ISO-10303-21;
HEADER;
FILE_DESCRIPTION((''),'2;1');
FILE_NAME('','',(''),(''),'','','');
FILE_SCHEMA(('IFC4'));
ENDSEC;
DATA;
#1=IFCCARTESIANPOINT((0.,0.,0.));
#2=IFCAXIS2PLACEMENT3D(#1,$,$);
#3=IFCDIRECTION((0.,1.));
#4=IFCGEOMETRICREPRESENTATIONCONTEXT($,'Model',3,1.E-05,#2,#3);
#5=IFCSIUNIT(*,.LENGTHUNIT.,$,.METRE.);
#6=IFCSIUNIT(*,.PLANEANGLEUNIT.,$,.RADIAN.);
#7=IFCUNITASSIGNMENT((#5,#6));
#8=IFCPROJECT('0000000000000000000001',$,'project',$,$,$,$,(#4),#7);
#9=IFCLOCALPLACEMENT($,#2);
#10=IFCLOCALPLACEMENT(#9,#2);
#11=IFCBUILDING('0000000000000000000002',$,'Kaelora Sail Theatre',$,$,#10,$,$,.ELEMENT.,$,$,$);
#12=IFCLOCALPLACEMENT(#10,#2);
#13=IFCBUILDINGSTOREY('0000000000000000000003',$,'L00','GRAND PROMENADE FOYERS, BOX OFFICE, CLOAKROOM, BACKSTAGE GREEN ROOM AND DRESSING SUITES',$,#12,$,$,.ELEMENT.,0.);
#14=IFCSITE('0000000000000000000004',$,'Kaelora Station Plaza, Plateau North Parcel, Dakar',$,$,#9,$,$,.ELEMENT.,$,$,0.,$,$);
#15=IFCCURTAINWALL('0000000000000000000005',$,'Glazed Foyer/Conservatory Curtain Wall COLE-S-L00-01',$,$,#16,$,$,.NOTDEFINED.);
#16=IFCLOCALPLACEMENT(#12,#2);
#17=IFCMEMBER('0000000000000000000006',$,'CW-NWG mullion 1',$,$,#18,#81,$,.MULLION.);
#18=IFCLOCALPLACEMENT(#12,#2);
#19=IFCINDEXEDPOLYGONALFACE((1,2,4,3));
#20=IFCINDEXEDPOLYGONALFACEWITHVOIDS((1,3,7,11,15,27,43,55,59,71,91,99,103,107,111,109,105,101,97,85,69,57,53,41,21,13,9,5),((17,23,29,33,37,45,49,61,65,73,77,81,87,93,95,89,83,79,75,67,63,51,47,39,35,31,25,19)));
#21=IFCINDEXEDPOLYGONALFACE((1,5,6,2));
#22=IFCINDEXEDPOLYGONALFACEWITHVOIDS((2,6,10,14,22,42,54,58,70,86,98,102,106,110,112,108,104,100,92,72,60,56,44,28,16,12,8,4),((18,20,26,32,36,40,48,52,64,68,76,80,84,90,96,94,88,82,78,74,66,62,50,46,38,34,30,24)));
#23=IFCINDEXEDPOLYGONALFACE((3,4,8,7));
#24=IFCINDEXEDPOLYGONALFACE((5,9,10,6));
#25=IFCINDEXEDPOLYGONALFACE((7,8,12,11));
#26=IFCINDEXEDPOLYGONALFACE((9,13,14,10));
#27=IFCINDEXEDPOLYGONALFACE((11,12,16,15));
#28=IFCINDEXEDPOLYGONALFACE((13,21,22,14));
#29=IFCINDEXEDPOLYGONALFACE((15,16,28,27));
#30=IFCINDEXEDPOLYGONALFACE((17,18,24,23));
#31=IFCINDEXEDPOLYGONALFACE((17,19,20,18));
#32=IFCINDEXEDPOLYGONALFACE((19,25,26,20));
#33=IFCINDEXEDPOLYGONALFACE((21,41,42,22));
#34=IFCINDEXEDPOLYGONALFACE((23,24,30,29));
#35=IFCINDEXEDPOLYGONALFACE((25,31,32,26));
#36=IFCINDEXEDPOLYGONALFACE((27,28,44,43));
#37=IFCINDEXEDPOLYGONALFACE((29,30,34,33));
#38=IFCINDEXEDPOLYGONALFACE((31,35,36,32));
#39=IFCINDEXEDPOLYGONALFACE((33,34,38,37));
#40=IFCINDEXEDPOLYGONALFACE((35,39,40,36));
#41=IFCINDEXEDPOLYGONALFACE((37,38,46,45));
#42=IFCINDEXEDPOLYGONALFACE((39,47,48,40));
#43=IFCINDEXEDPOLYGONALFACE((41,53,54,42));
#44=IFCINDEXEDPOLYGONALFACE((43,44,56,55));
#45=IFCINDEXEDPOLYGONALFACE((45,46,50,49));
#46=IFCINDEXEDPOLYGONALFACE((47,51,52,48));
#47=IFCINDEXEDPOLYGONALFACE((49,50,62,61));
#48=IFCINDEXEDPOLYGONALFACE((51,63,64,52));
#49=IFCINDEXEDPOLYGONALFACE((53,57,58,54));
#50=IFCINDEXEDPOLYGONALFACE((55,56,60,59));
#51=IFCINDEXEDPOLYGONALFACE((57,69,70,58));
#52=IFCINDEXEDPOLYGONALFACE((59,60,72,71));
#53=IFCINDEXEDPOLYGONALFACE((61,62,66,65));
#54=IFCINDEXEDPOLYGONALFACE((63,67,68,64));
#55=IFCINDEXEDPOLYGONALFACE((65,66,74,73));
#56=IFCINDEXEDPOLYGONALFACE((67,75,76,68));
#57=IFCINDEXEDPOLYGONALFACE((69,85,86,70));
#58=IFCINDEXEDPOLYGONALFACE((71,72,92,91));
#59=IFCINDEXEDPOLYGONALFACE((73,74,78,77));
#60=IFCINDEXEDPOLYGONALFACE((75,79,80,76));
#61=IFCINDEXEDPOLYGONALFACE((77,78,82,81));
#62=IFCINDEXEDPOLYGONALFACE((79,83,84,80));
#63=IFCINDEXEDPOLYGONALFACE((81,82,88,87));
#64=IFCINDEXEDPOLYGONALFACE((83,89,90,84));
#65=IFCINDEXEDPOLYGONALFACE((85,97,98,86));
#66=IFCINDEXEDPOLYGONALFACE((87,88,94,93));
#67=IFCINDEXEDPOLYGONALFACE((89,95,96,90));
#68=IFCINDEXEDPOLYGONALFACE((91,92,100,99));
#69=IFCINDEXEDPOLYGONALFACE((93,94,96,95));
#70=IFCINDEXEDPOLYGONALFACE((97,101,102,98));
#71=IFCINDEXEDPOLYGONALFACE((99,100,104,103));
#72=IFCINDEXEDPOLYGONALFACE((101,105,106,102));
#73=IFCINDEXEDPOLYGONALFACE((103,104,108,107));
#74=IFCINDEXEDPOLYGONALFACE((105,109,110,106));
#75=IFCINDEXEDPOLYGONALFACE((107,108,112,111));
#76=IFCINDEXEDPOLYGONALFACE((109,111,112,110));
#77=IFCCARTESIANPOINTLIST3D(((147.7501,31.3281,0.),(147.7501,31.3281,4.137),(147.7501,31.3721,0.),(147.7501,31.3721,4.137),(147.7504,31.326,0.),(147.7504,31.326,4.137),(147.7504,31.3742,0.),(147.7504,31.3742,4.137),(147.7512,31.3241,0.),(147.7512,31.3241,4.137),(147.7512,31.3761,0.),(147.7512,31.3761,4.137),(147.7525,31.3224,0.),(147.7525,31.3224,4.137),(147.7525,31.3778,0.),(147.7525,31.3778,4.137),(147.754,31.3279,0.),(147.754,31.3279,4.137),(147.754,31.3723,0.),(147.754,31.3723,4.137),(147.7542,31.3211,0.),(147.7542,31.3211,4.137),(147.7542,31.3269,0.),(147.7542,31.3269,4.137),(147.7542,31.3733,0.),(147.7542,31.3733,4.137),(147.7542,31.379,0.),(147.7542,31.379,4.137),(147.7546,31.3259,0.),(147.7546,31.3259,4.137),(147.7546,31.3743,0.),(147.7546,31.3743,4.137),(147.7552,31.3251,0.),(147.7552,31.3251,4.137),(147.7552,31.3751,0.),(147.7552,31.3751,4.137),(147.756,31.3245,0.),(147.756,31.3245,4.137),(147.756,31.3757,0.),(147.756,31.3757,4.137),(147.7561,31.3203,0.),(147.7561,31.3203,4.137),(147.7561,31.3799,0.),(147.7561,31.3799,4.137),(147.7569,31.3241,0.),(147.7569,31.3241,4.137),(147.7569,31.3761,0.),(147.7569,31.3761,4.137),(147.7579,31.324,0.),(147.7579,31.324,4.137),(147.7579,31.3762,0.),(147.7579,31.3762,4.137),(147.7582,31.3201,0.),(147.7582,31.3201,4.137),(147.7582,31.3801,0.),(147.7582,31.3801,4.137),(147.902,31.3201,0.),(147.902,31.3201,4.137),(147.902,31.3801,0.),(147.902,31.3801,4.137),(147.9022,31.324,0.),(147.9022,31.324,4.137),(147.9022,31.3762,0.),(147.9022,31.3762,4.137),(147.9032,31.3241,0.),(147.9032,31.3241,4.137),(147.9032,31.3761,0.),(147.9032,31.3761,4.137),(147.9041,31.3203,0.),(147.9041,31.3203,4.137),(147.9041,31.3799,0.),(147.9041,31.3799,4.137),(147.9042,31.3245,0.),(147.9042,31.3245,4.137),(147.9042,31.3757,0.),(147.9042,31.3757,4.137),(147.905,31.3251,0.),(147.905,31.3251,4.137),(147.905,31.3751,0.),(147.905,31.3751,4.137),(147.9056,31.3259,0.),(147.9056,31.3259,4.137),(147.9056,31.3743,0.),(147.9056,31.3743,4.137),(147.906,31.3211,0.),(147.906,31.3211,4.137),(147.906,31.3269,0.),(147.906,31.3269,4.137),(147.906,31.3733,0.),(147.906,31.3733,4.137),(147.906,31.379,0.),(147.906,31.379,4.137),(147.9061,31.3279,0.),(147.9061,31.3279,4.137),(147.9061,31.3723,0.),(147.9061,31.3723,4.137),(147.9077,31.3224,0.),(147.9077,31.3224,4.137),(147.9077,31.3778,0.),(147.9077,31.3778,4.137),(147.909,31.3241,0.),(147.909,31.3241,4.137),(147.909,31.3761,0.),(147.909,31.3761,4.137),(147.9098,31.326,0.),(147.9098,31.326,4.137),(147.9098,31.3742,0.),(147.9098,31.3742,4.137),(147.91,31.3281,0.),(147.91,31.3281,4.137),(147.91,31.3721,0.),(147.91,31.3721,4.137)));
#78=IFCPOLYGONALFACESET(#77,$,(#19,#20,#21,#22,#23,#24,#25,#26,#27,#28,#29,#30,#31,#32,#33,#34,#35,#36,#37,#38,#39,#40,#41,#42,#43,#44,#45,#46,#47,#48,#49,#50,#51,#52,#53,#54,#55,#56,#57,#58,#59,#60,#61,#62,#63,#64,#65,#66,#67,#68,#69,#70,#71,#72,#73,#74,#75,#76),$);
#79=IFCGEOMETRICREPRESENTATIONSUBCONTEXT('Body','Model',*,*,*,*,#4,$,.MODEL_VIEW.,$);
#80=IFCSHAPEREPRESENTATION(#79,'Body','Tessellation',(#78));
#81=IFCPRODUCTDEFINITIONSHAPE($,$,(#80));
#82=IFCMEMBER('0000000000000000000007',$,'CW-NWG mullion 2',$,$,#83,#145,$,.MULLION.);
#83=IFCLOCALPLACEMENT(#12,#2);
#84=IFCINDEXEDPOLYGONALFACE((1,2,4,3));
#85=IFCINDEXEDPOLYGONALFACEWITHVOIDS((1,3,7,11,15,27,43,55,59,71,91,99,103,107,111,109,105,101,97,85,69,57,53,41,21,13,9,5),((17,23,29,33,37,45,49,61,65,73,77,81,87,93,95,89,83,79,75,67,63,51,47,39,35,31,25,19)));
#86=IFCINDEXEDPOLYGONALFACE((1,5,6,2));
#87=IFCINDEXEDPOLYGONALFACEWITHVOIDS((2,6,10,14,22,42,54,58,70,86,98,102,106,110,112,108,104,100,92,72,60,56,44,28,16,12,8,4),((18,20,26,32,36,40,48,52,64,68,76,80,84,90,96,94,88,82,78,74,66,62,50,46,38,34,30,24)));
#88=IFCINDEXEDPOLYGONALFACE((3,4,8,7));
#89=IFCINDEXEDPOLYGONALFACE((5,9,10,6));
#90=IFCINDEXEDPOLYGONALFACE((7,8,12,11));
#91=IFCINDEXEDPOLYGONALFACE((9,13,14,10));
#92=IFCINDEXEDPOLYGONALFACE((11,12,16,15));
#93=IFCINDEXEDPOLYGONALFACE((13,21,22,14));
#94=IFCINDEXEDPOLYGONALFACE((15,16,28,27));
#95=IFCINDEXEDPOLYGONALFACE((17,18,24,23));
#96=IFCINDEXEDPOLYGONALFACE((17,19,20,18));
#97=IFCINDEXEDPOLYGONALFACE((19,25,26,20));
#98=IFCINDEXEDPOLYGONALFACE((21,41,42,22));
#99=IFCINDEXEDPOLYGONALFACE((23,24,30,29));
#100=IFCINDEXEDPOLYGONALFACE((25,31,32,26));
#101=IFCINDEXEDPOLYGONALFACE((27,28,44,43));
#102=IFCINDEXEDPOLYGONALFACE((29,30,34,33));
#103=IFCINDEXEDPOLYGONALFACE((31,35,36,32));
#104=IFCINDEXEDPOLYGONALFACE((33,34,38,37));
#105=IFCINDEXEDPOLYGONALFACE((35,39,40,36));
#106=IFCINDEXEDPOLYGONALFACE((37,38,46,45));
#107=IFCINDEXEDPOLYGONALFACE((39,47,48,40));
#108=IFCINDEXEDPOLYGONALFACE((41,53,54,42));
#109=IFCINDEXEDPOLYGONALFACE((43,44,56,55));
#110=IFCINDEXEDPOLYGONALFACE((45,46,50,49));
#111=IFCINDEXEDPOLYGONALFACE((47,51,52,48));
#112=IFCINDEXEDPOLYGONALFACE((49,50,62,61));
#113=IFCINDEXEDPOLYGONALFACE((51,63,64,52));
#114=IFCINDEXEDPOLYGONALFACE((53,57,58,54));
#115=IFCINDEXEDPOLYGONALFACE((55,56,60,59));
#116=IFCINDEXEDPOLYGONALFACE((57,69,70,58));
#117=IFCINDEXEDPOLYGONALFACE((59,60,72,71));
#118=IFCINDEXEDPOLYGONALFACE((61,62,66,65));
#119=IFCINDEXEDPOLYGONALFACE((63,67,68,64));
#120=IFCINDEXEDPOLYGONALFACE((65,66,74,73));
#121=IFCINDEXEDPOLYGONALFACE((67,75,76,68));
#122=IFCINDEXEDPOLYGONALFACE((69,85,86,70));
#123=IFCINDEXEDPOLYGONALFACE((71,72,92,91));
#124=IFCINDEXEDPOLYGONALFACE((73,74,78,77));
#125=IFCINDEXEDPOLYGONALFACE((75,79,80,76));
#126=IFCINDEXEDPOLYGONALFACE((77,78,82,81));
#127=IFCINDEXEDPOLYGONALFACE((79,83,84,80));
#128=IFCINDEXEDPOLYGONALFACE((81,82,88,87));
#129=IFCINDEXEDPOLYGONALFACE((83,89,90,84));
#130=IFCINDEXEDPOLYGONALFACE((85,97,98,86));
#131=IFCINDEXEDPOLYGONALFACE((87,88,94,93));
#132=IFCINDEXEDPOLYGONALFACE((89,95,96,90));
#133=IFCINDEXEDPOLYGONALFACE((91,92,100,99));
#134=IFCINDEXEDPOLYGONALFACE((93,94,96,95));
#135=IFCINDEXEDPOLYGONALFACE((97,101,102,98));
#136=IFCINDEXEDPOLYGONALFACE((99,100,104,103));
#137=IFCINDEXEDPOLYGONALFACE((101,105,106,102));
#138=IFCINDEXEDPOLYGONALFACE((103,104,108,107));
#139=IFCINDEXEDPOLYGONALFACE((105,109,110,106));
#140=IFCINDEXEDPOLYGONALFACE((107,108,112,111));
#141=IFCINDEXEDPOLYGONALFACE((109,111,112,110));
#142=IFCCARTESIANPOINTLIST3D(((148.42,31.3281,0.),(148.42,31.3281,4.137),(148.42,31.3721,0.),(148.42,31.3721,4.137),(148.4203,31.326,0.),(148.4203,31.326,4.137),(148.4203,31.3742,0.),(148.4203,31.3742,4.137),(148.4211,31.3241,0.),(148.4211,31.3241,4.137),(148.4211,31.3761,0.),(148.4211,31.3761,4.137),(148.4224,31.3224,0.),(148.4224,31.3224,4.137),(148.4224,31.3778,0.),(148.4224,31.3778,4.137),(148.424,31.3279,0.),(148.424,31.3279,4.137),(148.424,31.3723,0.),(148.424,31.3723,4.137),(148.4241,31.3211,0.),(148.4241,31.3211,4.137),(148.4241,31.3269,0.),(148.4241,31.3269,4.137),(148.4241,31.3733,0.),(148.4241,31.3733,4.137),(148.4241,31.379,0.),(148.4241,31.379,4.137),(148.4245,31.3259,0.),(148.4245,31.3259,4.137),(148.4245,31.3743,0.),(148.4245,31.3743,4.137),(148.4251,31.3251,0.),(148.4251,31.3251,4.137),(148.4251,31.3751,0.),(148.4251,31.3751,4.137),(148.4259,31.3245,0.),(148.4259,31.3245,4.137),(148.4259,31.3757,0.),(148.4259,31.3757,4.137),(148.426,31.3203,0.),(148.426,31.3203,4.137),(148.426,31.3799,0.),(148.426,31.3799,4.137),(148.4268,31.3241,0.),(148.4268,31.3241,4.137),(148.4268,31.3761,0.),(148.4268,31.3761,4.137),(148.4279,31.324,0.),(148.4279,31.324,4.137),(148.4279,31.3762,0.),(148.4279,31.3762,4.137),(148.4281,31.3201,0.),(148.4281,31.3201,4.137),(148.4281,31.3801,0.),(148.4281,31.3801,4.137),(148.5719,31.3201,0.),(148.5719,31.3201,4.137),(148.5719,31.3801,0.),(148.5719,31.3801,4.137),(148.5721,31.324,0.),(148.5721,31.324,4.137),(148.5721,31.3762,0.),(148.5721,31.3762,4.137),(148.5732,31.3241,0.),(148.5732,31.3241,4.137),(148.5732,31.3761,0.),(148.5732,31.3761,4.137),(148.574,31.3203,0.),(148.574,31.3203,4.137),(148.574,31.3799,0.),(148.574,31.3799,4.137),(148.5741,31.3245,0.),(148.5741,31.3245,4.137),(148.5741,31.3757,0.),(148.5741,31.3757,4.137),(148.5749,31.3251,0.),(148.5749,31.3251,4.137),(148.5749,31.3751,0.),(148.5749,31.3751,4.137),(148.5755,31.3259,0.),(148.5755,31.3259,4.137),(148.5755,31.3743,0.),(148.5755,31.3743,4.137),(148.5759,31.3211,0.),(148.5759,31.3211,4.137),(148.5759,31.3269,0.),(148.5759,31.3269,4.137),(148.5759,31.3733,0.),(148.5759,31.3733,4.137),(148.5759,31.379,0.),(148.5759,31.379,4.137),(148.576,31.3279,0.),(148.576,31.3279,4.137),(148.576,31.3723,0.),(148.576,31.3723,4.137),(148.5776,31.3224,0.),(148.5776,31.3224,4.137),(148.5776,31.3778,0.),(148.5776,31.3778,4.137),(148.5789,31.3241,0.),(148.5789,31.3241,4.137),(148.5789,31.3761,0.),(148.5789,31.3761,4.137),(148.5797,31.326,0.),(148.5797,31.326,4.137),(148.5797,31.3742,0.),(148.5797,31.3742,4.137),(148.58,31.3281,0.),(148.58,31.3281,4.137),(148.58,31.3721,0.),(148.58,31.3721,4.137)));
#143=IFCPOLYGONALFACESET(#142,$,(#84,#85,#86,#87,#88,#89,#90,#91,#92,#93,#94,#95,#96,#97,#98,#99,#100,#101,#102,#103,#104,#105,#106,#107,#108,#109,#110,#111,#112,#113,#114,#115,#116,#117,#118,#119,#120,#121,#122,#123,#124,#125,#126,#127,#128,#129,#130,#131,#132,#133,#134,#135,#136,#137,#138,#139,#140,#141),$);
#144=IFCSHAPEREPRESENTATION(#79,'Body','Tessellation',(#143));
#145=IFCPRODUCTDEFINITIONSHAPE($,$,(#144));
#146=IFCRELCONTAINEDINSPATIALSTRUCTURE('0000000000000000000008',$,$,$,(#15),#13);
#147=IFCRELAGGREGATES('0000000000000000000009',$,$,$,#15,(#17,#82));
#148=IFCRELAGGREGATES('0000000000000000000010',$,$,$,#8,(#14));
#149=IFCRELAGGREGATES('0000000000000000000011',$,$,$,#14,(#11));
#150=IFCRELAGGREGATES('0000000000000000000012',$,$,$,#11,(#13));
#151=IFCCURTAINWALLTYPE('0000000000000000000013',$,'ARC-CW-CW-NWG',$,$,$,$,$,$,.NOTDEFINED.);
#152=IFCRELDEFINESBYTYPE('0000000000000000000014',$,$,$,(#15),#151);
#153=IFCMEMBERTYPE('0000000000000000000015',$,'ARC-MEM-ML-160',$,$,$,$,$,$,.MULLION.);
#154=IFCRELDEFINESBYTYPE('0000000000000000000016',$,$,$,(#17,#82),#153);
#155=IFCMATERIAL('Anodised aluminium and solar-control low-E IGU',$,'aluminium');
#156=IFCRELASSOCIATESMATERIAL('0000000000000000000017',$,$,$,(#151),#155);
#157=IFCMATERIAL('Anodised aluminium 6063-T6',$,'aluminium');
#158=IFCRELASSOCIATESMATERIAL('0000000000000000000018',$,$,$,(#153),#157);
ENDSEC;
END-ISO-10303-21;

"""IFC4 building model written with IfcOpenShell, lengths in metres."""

from ifc_helpers import new_model, si_unit, direction, frame, origin, origin_2d, place, context, subcontext, project, spatial, hollow_rectangle, extrude, material, material_profile, profile_set, type_object, element, aggregate, save


model = new_model("IFC4")

# Units and contexts
model_context = context("Model", 3, precision=1e-05, world=origin(), true_north=direction((0.0, 1.0)))
body_context = subcontext(model_context, "Body", "Model", "MODEL_VIEW")
ifc_project = project(units=[si_unit("LENGTHUNIT", "METRE"), si_unit("PLANEANGLEUNIT", "RADIAN")], contexts=[model_context])

# Site, building, storey
site_placement = place(None, origin())
site = spatial("IfcSite", under=ifc_project, at=site_placement, Name="Kaelora Station Plaza, Plateau North Parcel, Dakar", CompositionType="ELEMENT", RefElevation=0.0)
building_placement = place(site_placement, origin())
building = spatial("IfcBuilding", under=site, at=building_placement, Name="Kaelora Sail Theatre", CompositionType="ELEMENT")
storey_placement = place(building_placement, origin())
storey = spatial("IfcBuildingStorey", under=building, at=storey_placement, Name="L00", Description="GRAND PROMENADE FOYERS, BOX OFFICE, CLOAKROOM, BACKSTAGE GREEN ROOM AND DRESSING SUITES", CompositionType="ELEMENT", Elevation=0.0)

# Curtain wall, members
ifc_material_1 = material(Name="Anodised aluminium and solar-control low-E IGU", Category="aluminium")
curtain_wall_type = type_object("IfcCurtainWallType", Name="ARC-CW-CW-NWG", PredefinedType="NOTDEFINED", material=ifc_material_1)
curtain_wall_placement = place(storey_placement, origin())
curtain_wall = element("IfcCurtainWall", 1, at=curtain_wall_placement, inside=storey, type_object=curtain_wall_type, Name="Glazed Foyer/Conservatory Curtain Wall COLE-S-L00-01", PredefinedType="NOTDEFINED")
ifc_material_2 = material(Name="Anodised aluminium 6063-T6", Category="aluminium")
ifc_material_profile_1 = material_profile(ifc_material_2, hollow_rectangle(XDim=0.0601, YDim=0.1599, WallThickness=0.0039, InnerFilletRadius=0.0039, OuterFilletRadius=0.0081, at=origin_2d()), Name="ALU-MULL 60x160x4")
ifc_profile_set_1 = profile_set([ifc_material_profile_1], Name="Anodised aluminium 6063-T6")
member_type_1 = type_object("IfcMemberType", Name="ARC-MEM-ML-160", PredefinedType="MULLION", material=ifc_profile_set_1)
member_1_placement = place(storey_placement, frame((147.8301, 31.3501, 0.0), z_axis=(0.0, 0.0, 1.0), x_axis=(0.0, 1.0, 0.0)))
member_1 = element("IfcMember", 2, at=member_1_placement, type_object=member_type_1, Name="CW-NWG mullion 1", PredefinedType="MULLION", context=body_context, shape_type="SweptSolid", body=[
    extrude(hollow_rectangle(XDim=0.0601, YDim=0.1599, WallThickness=0.0039, InnerFilletRadius=0.0039, OuterFilletRadius=0.0081, at=origin_2d()), origin(), (0.0, 0.0, 1.0), 4.137),
])
member_2_placement = place(storey_placement, frame((148.5, 31.3501, 0.0), z_axis=(0.0, 0.0, 1.0), x_axis=(0.0, 1.0, 0.0)))
member_2 = element("IfcMember", 3, at=member_2_placement, type_object=member_type_1, Name="CW-NWG mullion 2", PredefinedType="MULLION", context=body_context, shape_type="SweptSolid", body=[
    extrude(hollow_rectangle(XDim=0.0601, YDim=0.1599, WallThickness=0.0039, InnerFilletRadius=0.0039, OuterFilletRadius=0.0081, at=origin_2d()), origin(), (0.0, 0.0, 1.0), 4.137),
])

aggregate(curtain_wall, [member_1, member_2])

save(model, "model.ifc")
